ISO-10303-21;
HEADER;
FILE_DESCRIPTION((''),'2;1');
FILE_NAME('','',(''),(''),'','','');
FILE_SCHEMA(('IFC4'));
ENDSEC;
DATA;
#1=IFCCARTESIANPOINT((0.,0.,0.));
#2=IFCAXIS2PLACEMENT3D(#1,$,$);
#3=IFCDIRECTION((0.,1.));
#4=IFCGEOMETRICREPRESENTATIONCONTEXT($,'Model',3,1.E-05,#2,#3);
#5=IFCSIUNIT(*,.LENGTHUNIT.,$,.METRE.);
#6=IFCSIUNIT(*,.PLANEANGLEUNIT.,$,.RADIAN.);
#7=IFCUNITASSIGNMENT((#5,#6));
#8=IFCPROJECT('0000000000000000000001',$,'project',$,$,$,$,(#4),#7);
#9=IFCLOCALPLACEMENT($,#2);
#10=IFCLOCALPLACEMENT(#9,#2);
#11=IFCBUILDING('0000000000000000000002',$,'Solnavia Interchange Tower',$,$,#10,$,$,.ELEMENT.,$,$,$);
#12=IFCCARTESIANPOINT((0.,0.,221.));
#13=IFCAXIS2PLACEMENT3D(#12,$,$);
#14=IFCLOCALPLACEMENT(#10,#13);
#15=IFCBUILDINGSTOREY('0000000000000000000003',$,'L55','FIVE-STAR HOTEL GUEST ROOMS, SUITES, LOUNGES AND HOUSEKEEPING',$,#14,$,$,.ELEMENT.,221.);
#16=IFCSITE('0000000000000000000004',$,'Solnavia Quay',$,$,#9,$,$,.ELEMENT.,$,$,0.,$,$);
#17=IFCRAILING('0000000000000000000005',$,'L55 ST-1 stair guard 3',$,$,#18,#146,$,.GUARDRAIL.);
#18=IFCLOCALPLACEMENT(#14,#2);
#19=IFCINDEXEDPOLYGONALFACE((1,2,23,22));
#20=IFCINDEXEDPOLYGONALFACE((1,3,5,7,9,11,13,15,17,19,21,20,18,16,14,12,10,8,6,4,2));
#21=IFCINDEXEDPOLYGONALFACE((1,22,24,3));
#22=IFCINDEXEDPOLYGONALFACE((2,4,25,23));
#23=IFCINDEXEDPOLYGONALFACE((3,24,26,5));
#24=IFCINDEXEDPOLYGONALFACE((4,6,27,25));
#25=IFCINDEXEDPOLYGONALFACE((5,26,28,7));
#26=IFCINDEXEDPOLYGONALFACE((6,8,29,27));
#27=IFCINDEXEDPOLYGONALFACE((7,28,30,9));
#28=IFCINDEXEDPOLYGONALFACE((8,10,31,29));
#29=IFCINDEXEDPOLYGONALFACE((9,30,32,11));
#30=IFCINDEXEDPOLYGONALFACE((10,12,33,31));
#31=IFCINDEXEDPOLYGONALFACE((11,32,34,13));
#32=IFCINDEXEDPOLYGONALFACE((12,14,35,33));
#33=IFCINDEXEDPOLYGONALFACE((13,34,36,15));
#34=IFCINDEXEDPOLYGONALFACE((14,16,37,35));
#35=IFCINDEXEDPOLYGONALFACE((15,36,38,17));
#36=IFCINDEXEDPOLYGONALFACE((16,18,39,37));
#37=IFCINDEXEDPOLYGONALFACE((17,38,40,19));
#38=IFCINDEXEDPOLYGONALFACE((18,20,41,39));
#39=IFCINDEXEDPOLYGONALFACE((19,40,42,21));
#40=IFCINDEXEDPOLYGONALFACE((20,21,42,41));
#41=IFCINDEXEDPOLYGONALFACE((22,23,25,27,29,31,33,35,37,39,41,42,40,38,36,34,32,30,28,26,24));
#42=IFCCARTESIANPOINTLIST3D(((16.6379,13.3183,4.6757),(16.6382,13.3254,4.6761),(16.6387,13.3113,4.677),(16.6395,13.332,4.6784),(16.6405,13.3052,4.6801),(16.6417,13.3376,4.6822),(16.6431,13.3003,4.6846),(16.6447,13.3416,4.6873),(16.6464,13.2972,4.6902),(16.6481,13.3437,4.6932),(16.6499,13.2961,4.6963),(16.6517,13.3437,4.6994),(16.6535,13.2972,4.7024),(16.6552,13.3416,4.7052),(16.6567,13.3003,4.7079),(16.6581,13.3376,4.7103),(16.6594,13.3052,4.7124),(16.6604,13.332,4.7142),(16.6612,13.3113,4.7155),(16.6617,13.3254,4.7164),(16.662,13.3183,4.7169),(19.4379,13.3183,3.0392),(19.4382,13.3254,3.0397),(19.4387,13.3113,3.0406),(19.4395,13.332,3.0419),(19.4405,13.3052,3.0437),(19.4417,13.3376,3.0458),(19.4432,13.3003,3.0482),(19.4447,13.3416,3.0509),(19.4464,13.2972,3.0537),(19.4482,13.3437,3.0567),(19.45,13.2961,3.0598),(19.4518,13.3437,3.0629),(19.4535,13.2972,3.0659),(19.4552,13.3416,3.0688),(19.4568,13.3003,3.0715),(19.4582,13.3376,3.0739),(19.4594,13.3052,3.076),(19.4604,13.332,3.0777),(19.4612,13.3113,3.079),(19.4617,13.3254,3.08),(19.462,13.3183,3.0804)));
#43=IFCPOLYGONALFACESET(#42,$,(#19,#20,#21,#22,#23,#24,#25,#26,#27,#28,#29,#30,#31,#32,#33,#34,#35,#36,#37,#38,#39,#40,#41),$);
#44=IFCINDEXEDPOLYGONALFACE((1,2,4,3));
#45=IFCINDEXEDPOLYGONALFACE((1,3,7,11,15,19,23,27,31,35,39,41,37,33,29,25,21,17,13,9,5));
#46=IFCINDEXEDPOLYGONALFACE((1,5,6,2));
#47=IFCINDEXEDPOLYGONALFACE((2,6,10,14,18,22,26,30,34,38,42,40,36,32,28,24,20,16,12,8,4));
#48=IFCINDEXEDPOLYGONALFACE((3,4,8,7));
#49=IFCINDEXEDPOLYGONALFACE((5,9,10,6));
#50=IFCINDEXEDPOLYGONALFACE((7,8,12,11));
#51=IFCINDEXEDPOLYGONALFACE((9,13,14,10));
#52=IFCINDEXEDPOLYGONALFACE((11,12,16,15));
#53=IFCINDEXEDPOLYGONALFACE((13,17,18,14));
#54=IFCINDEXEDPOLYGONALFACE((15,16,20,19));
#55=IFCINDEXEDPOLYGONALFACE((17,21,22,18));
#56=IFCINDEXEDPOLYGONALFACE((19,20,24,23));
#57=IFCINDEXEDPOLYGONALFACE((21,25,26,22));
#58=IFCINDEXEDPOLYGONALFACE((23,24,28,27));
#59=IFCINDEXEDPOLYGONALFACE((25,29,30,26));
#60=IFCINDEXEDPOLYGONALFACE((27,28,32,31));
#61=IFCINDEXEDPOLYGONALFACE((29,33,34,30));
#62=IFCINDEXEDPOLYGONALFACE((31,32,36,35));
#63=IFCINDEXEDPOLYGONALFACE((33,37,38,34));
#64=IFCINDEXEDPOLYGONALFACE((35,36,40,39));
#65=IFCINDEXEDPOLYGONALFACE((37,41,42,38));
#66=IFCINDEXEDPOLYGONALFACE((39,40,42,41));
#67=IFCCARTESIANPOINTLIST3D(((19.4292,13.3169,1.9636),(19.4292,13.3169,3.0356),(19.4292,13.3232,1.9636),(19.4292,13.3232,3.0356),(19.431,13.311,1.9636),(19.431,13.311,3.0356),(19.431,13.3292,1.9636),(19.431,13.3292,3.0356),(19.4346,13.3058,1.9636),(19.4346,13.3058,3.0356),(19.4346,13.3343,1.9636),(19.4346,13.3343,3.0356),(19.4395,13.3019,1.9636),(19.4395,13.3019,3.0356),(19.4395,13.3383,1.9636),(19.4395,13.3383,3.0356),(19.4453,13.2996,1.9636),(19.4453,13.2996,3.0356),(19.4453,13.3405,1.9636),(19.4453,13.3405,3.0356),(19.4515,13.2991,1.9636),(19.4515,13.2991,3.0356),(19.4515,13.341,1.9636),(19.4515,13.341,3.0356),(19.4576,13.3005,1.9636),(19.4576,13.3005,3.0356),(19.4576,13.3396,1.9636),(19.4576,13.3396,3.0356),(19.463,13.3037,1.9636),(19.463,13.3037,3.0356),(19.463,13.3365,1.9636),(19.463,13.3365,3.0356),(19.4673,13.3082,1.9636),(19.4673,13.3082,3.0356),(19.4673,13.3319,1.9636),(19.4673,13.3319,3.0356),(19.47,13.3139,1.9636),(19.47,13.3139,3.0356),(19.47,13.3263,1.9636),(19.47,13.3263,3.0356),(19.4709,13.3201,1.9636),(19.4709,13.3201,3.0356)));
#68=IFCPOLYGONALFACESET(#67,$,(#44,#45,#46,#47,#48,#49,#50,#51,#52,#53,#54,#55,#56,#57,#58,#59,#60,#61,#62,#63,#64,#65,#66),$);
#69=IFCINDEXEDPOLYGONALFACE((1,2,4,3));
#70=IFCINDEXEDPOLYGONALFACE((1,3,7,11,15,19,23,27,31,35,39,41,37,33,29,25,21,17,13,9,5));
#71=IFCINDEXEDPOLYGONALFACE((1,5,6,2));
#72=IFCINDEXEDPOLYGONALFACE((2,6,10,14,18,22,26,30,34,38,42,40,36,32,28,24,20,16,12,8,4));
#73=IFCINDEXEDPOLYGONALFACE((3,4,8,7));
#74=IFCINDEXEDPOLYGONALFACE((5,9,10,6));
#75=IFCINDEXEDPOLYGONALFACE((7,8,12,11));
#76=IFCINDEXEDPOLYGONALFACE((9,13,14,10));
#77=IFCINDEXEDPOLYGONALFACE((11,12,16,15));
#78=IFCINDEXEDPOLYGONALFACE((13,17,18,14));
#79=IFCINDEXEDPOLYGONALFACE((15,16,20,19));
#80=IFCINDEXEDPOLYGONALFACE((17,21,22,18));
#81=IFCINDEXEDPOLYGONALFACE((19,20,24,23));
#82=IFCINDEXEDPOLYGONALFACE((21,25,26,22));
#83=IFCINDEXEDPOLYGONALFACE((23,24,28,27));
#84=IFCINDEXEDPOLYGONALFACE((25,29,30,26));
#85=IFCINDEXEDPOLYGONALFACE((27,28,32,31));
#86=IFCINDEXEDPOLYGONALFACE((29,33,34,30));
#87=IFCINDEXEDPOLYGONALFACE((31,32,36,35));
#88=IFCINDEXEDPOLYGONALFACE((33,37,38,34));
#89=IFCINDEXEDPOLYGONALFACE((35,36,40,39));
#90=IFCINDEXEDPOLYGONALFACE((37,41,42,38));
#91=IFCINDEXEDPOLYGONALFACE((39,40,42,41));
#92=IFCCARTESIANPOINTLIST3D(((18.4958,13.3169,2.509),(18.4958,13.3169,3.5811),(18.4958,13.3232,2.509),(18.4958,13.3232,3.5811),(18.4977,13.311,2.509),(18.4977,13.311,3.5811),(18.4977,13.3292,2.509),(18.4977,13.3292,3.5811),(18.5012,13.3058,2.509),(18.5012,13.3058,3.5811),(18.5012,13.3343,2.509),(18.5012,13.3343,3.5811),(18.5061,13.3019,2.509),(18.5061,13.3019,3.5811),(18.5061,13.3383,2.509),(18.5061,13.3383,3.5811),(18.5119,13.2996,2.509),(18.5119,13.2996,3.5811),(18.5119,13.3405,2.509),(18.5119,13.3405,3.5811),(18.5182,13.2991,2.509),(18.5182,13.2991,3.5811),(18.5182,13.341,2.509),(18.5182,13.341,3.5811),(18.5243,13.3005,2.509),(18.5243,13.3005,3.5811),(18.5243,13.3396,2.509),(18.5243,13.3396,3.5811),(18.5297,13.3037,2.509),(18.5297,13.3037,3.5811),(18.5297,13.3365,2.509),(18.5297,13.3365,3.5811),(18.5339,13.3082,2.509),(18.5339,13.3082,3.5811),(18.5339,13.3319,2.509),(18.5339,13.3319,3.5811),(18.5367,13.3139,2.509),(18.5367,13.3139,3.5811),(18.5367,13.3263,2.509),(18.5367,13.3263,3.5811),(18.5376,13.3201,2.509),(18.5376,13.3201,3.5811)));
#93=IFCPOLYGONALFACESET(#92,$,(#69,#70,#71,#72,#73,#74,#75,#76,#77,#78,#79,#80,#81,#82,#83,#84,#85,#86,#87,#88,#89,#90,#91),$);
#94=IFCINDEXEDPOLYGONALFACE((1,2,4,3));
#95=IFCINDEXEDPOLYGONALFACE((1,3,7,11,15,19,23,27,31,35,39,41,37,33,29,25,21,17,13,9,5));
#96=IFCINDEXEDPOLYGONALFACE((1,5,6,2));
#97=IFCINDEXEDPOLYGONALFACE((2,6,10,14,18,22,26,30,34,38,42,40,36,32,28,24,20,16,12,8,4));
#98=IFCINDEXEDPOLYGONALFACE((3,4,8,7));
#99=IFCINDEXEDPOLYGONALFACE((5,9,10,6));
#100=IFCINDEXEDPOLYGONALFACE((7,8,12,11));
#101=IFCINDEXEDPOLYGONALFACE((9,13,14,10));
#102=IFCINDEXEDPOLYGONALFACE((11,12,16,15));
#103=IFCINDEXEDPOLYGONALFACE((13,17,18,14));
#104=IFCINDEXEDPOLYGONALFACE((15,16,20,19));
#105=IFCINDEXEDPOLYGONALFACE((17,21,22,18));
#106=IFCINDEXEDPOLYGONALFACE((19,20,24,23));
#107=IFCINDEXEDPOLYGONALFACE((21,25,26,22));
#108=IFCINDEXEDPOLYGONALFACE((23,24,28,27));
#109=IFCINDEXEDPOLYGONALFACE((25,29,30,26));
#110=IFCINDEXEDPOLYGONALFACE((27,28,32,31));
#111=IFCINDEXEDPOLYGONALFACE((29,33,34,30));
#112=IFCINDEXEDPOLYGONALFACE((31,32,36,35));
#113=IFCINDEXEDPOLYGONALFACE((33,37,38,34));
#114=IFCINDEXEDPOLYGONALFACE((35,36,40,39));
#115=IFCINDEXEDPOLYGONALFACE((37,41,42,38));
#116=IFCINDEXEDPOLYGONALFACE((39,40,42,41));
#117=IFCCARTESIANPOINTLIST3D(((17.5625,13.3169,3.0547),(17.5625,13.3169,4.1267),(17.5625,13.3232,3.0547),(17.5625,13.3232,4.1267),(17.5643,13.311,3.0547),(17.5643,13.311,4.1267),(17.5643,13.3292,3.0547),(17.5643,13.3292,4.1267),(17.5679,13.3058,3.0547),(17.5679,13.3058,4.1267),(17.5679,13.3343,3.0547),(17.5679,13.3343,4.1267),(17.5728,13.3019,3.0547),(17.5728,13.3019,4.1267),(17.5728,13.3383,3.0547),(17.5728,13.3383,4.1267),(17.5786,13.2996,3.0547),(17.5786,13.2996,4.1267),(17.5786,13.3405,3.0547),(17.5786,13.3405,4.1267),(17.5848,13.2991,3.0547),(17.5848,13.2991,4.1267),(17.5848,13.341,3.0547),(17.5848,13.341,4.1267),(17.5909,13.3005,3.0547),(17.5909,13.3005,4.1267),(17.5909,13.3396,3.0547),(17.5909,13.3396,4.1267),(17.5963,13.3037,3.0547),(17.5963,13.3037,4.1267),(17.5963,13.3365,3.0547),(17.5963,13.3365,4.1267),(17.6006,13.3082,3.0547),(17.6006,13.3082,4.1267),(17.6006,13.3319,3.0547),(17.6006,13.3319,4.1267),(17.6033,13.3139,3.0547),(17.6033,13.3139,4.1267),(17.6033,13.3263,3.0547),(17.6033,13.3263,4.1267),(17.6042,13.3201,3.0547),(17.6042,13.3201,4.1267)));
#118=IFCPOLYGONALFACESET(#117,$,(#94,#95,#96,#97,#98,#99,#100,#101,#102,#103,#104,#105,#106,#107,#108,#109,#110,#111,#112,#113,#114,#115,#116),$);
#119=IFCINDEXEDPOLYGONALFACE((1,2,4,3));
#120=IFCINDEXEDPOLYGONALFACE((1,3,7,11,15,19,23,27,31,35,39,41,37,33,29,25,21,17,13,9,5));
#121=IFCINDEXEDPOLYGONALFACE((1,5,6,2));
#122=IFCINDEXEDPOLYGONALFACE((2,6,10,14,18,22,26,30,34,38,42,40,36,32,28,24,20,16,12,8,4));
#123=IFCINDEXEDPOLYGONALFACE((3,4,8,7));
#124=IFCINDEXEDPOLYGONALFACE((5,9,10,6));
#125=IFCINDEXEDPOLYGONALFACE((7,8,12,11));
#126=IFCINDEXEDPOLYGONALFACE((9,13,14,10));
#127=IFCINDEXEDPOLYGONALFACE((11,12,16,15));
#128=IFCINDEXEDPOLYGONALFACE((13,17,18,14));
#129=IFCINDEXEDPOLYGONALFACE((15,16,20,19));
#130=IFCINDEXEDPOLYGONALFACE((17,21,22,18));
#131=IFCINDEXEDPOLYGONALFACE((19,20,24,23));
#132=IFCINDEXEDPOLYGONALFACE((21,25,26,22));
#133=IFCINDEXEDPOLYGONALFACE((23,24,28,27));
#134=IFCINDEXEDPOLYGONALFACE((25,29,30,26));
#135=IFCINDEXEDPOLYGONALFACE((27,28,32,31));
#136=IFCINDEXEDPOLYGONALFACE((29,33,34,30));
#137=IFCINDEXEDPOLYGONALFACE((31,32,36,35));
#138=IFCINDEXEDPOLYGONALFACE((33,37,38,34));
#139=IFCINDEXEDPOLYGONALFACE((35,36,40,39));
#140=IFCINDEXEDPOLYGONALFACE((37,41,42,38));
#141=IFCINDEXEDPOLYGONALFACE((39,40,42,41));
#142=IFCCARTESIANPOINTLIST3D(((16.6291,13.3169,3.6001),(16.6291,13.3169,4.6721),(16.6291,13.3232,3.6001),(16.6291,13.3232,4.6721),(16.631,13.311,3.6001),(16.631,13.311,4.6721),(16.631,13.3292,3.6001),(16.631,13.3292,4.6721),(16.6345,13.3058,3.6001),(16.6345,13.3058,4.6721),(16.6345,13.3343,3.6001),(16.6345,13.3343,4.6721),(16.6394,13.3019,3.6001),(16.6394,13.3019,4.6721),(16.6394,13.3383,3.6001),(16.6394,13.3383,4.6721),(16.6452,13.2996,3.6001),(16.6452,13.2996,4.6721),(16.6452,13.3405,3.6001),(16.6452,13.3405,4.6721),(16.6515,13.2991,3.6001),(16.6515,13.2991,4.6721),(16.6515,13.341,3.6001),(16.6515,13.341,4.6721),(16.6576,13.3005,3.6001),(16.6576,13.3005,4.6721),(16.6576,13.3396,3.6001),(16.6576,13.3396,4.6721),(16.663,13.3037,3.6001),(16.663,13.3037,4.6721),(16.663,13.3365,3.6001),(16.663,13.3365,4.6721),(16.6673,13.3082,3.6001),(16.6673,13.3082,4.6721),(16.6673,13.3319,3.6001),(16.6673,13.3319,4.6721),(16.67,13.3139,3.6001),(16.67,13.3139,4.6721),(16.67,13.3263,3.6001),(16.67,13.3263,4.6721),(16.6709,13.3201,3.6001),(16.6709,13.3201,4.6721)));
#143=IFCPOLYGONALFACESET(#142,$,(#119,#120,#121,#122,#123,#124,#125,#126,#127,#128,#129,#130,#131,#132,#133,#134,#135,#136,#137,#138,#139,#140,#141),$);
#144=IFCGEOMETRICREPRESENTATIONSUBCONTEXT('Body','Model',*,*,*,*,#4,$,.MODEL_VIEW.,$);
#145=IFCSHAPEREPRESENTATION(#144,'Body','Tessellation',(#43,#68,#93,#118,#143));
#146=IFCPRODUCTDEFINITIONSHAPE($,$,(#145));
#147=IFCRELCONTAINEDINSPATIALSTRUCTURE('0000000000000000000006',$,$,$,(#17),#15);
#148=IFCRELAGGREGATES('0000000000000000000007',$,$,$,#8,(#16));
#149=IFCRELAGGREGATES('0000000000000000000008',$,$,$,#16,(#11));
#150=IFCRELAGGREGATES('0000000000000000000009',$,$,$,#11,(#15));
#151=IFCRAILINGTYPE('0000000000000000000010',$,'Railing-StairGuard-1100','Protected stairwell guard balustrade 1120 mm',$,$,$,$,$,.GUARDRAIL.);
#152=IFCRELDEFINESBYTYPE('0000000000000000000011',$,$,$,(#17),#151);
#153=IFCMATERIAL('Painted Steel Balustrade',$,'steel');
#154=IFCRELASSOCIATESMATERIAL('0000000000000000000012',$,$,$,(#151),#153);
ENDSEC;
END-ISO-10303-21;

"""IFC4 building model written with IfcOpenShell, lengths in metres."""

from ifc_helpers import new_model, si_unit, direction, frame, origin, origin_2d, place, context, subcontext, project, spatial, circle, extrude, material, type_object, element, save


model = new_model("IFC4")

# Units and contexts
model_context = context("Model", 3, precision=1e-05, world=origin(), true_north=direction((0.0, 1.0)))
body_context = subcontext(model_context, "Body", "Model", "MODEL_VIEW")
ifc_project = project(units=[si_unit("LENGTHUNIT", "METRE"), si_unit("PLANEANGLEUNIT", "RADIAN")], contexts=[model_context])

# Site, building, storey
site_placement = place(None, origin())
site = spatial("IfcSite", under=ifc_project, at=site_placement, Name="Solnavia Quay", CompositionType="ELEMENT", RefElevation=0.0)
building_placement = place(site_placement, origin())
building = spatial("IfcBuilding", under=site, at=building_placement, Name="Solnavia Interchange Tower", CompositionType="ELEMENT")
storey_placement = place(building_placement, frame((0.0, 0.0, 221.0)))
storey = spatial("IfcBuildingStorey", under=building, at=storey_placement, Name="L55", Description="FIVE-STAR HOTEL GUEST ROOMS, SUITES, LOUNGES AND HOUSEKEEPING", CompositionType="ELEMENT", Elevation=221.0)

# Railing
ifc_material_1 = material(Name="Painted Steel Balustrade", Category="steel")
railing_type_1 = type_object("IfcRailingType", Name="Railing-StairGuard-1100", Description="Protected stairwell guard balustrade 1120 mm", PredefinedType="GUARDRAIL", material=ifc_material_1)
railing_1_placement = place(storey_placement, frame((19.45, 13.3201, 1.9636)))
element("IfcRailing", 1, at=railing_1_placement, inside=storey, type_object=railing_type_1, Name="L55 ST-1 stair guard 3", PredefinedType="GUARDRAIL", context=body_context, shape_type="SweptSolid", body=[
    extrude(circle(Radius=0.0239, at=origin_2d()), frame((0.0, 0.0, 1.0962), z_axis=(-0.863361, 0.0, 0.504587), x_axis=(0.0, -1.0, 0.0)), (0.0, 0.0, 1.0), 3.2432),
    extrude(circle(Radius=0.021, at=origin_2d()), origin(), (0.0, 0.0, 1.0), 1.072),
    extrude(circle(Radius=0.021, at=origin_2d()), frame((-0.9333, 0.0, 0.5454)), (0.0, 0.0, 1.0), 1.072),
    extrude(circle(Radius=0.021, at=origin_2d()), frame((-1.8667, 0.0, 1.0911)), (0.0, 0.0, 1.0), 1.072),
    extrude(circle(Radius=0.021, at=origin_2d()), frame((-2.8, 0.0, 1.6365)), (0.0, 0.0, 1.0), 1.072),
])

save(model, "model.ifc")
